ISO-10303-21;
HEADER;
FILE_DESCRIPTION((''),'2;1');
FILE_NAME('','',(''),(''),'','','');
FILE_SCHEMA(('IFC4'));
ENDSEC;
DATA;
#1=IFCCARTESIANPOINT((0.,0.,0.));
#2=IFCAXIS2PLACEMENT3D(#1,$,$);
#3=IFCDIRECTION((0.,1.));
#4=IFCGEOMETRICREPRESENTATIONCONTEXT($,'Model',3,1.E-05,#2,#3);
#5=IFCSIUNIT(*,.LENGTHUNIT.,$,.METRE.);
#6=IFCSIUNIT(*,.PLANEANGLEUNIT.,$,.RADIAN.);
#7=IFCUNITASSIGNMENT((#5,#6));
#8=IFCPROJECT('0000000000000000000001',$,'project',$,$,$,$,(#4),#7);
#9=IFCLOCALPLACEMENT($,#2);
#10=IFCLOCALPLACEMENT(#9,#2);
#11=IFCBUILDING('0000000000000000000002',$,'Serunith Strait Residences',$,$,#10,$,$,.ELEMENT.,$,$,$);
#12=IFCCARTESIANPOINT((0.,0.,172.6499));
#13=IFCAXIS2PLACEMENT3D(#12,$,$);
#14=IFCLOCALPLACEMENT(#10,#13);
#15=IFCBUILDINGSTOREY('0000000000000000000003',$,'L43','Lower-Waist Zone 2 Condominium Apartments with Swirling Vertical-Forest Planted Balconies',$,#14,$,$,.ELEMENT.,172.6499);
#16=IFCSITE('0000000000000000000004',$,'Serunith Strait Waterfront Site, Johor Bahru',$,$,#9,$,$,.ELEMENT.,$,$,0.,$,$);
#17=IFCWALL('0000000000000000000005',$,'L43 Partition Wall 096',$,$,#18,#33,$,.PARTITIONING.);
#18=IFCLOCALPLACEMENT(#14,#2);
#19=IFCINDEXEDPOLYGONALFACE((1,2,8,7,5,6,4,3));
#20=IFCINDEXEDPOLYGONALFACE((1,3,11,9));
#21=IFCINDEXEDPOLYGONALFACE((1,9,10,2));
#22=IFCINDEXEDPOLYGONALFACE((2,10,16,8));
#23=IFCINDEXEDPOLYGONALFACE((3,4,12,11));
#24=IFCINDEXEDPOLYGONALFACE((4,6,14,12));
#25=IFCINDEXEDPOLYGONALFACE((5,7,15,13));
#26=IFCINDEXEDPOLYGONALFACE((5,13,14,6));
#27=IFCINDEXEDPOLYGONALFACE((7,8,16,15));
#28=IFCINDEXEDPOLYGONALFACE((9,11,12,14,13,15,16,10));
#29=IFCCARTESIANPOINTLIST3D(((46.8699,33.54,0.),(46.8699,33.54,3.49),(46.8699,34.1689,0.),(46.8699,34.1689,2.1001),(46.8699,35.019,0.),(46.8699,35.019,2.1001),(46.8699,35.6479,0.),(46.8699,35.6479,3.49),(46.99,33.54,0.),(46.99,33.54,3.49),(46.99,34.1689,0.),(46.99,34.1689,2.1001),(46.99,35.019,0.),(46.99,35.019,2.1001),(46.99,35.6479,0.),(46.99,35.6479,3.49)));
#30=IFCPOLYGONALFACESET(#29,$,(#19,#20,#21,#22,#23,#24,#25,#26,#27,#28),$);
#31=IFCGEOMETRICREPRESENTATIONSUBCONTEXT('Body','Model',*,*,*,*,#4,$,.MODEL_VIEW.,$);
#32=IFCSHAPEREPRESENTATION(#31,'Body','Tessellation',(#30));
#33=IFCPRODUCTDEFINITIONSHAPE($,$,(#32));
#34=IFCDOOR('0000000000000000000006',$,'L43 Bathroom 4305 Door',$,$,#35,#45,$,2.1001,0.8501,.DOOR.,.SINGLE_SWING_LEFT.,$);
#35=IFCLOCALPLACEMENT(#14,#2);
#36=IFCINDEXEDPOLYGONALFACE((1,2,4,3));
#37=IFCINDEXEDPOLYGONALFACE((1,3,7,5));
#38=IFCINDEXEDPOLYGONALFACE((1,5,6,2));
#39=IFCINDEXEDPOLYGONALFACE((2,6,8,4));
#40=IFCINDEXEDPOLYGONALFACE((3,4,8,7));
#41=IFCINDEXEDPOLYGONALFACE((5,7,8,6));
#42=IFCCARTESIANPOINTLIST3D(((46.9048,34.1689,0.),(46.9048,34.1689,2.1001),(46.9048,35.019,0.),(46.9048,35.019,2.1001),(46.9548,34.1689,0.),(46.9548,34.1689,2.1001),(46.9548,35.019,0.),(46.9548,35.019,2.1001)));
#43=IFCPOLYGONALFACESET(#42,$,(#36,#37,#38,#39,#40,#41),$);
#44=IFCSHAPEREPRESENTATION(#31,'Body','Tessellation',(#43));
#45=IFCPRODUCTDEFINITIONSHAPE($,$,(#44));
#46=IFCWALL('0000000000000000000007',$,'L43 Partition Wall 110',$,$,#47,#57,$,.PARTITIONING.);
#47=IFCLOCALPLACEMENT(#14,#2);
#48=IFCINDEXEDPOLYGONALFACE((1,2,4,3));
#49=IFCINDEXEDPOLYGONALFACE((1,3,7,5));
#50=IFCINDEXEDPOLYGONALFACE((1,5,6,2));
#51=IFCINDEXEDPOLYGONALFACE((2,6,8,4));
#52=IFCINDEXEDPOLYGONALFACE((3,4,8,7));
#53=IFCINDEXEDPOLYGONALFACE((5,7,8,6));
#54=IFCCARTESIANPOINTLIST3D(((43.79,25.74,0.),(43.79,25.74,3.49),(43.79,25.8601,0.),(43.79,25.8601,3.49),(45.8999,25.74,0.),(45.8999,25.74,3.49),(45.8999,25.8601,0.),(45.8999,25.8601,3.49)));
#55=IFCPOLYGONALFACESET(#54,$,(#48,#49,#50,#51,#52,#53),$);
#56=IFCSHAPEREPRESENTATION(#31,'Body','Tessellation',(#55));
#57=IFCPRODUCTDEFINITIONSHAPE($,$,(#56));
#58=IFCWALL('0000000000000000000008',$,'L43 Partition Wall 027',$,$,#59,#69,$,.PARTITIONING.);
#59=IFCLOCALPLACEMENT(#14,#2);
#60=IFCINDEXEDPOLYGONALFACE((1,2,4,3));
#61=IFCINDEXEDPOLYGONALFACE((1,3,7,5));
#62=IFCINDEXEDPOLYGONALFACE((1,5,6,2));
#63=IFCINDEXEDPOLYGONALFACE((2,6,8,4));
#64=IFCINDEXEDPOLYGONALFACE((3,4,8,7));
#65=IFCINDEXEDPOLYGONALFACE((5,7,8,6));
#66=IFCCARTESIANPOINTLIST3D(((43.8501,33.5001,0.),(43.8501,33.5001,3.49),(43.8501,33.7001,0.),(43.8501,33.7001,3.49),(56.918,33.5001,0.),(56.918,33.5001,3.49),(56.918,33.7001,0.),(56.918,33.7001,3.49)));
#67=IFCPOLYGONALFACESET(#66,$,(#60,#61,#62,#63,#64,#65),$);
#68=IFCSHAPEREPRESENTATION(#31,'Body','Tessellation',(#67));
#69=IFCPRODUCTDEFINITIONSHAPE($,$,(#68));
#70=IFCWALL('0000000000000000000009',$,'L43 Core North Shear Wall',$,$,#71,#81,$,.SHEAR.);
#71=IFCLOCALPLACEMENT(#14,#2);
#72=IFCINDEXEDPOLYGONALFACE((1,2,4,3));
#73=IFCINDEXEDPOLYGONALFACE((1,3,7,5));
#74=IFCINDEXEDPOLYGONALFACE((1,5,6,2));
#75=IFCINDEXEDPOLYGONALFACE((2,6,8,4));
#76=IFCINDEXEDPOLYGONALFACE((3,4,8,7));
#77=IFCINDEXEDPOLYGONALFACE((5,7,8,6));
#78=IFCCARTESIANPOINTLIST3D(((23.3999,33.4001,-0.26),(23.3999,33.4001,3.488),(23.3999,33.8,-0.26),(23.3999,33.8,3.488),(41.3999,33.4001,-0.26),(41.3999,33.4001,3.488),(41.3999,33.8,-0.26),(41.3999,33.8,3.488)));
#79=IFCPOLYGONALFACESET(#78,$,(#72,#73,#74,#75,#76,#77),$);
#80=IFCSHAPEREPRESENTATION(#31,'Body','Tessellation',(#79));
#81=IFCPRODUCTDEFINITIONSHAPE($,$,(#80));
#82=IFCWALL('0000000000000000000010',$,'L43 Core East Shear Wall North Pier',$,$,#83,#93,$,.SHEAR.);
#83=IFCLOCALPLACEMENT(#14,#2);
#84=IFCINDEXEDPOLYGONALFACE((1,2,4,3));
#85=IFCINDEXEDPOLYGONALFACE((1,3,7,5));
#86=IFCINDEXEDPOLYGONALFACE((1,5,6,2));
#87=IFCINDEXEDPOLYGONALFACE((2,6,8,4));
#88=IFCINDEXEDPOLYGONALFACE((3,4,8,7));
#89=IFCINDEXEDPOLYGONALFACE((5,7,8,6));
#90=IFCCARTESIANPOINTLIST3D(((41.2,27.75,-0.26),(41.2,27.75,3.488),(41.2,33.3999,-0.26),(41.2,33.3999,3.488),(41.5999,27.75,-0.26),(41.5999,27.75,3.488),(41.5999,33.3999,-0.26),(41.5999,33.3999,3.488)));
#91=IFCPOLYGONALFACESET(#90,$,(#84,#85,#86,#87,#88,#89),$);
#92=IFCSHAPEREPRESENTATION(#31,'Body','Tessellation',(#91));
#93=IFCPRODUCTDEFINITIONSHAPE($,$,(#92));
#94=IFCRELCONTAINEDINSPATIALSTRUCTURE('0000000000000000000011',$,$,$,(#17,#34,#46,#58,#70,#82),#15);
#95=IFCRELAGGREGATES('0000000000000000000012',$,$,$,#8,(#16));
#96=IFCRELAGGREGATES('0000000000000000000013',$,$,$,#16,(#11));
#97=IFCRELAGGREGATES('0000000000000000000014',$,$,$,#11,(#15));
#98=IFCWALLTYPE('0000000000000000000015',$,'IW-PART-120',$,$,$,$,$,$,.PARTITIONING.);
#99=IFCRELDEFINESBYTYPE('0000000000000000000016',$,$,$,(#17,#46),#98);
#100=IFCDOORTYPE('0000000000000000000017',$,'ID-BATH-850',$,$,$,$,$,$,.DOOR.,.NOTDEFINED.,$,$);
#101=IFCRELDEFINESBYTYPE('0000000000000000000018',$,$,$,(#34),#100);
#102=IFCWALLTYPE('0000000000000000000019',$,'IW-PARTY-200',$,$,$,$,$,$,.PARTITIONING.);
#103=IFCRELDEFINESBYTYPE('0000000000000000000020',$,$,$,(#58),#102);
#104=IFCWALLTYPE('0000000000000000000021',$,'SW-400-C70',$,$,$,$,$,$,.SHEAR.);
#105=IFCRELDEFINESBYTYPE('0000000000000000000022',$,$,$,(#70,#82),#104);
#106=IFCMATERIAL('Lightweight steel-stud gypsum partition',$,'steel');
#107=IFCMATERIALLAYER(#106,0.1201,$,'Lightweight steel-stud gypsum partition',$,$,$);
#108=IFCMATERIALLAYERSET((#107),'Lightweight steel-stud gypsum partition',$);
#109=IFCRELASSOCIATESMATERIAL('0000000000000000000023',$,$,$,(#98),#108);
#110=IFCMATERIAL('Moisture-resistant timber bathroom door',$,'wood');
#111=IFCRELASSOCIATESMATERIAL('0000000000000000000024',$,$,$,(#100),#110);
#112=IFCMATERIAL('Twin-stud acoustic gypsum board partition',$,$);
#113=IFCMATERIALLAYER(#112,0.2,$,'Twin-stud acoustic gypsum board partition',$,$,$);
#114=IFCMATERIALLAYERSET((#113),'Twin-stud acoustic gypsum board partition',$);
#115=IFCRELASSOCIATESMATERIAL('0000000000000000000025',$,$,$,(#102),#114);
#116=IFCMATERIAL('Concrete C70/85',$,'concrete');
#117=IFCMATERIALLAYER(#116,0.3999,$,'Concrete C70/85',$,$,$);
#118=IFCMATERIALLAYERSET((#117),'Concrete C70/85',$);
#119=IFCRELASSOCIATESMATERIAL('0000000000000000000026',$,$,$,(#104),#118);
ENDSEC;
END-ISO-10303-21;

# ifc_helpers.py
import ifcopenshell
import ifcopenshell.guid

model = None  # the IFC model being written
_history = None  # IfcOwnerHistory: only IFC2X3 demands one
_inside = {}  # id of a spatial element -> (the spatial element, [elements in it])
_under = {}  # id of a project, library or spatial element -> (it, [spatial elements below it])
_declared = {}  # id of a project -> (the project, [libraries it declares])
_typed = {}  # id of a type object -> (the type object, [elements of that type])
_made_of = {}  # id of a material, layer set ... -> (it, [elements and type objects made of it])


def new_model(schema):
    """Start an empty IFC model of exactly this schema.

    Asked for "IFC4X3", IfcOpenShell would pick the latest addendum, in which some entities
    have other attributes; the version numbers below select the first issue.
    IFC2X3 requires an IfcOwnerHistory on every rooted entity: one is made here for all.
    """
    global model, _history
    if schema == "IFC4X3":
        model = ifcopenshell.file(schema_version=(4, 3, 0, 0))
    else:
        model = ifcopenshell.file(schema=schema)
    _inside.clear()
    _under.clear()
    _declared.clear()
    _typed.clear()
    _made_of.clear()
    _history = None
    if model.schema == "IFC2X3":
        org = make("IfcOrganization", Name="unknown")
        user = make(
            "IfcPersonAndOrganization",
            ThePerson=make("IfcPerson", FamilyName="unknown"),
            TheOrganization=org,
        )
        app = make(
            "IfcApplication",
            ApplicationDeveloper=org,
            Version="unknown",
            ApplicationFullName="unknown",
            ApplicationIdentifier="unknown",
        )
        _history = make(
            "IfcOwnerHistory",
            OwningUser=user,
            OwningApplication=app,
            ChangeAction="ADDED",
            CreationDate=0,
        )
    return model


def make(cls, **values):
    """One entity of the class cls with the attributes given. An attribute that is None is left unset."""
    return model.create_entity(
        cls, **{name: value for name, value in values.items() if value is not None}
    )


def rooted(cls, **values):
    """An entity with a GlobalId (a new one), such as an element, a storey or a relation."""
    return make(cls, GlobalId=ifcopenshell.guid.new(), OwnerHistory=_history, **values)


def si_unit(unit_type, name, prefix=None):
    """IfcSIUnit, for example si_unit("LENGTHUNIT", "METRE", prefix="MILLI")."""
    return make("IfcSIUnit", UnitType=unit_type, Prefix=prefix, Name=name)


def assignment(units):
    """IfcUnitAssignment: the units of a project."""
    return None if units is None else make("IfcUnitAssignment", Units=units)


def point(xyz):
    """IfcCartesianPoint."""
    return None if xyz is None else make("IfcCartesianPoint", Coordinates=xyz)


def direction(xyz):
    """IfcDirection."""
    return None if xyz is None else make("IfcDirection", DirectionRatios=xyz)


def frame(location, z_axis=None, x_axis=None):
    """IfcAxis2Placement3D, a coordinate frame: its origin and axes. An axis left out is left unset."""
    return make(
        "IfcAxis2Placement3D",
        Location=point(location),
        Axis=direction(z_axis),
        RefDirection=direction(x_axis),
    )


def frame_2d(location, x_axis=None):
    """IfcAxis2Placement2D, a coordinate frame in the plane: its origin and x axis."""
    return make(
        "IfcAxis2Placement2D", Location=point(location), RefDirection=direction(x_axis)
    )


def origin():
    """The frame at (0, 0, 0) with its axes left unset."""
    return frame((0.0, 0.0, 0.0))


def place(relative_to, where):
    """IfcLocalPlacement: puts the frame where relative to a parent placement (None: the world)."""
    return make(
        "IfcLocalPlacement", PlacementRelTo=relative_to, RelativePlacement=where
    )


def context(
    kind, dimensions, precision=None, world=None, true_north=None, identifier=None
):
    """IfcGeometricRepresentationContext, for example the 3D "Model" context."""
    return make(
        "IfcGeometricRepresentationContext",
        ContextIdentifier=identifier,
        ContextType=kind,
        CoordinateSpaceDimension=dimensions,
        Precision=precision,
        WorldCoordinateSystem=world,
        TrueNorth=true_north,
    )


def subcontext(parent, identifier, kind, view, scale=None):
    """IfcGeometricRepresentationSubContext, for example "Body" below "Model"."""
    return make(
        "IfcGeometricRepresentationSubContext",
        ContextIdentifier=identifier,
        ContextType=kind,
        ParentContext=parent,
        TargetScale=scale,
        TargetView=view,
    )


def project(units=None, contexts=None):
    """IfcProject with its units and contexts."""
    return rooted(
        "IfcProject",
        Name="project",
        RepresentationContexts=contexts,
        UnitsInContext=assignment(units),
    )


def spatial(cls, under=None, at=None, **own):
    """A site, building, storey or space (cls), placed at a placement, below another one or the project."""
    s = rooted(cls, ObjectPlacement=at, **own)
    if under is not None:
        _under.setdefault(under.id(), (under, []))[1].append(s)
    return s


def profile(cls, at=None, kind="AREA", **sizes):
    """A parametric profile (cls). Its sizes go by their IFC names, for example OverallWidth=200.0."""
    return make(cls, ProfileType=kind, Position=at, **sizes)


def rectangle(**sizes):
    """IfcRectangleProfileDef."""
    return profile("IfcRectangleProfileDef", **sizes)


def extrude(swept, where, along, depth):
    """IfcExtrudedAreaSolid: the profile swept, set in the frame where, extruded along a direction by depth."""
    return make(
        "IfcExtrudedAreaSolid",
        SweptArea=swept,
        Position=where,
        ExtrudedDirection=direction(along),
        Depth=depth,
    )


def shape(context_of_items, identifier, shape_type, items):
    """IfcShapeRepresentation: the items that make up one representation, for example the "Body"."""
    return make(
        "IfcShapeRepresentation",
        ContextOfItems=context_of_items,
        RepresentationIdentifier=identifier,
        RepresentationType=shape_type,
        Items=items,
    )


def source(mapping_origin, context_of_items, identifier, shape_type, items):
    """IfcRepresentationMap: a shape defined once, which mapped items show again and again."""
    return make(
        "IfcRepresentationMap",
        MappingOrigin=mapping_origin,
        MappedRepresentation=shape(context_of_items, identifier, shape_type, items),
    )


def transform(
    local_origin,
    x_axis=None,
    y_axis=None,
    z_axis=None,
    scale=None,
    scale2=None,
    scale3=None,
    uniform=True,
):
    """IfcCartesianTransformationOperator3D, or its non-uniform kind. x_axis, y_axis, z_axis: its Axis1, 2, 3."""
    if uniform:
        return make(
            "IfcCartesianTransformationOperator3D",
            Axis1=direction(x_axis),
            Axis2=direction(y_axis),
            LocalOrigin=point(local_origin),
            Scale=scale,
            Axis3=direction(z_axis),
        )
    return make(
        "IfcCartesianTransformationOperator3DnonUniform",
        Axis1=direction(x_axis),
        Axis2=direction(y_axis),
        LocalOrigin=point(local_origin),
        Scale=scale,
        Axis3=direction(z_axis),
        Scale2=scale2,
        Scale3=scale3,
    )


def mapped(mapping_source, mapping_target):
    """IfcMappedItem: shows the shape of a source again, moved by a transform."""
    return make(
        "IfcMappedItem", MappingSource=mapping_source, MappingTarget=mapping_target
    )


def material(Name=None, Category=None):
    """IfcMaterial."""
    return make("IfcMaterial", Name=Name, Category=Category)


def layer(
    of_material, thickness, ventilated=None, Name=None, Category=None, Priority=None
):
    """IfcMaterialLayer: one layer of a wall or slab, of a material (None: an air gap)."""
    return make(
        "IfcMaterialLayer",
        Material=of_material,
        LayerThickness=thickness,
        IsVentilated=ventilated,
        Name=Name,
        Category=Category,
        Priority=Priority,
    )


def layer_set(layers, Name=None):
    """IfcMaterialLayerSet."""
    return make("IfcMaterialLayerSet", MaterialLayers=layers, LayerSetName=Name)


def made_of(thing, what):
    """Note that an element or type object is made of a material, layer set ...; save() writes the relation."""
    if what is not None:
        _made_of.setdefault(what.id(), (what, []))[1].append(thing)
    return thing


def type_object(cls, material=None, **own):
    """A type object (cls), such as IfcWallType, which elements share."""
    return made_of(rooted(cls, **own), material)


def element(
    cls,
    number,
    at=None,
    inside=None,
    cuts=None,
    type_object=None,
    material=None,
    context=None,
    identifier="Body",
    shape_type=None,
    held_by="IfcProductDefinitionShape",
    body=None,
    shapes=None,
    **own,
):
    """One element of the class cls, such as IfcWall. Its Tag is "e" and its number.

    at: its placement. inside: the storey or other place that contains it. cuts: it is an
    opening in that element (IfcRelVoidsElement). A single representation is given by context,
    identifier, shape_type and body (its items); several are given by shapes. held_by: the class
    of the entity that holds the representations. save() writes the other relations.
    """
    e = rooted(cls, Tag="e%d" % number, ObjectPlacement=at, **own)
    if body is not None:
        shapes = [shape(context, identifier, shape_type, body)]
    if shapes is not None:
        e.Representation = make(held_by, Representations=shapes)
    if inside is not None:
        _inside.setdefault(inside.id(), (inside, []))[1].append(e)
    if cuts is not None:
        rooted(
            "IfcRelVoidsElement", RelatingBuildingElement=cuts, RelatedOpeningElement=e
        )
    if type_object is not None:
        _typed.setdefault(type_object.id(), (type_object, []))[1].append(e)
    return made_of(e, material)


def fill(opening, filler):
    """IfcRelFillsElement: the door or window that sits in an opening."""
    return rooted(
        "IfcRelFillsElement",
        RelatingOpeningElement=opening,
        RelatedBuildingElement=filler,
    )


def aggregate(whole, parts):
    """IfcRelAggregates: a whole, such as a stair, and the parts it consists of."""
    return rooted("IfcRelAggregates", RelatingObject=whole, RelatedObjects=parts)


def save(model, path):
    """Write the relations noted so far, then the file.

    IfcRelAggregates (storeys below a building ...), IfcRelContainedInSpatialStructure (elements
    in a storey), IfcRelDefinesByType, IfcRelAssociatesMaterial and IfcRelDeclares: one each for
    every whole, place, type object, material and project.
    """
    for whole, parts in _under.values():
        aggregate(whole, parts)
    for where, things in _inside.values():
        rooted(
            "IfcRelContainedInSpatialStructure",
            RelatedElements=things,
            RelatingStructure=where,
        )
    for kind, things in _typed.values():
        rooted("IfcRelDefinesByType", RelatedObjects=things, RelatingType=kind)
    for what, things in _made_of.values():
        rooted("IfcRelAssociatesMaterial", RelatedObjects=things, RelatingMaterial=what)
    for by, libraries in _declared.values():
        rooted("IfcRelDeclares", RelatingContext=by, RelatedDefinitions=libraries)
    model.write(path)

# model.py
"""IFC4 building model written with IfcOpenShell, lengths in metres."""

from ifc_helpers import new_model, si_unit, direction, frame, frame_2d, origin, place, context, subcontext, project, spatial, rectangle, extrude, source, transform, mapped, material, layer, layer_set, type_object, element, fill, save


model = new_model("IFC4")

# Units and contexts
model_context = context("Model", 3, precision=1e-05, world=origin(), true_north=direction((0.0, 1.0)))
body_context = subcontext(model_context, "Body", "Model", "MODEL_VIEW")
ifc_project = project(units=[si_unit("LENGTHUNIT", "METRE"), si_unit("PLANEANGLEUNIT", "RADIAN")], contexts=[model_context])

# Site, building, storey
site_placement = place(None, origin())
site = spatial("IfcSite", under=ifc_project, at=site_placement, Name="Serunith Strait Waterfront Site, Johor Bahru", CompositionType="ELEMENT", RefElevation=0.0)
building_placement = place(site_placement, origin())
building = spatial("IfcBuilding", under=site, at=building_placement, Name="Serunith Strait Residences", CompositionType="ELEMENT")
storey_placement = place(building_placement, frame((0.0, 0.0, 172.6499)))
storey = spatial("IfcBuildingStorey", under=building, at=storey_placement, Name="L43", Description="Lower-Waist Zone 2 Condominium Apartments with Swirling Vertical-Forest Planted Balconies", CompositionType="ELEMENT", Elevation=172.6499)

# Shared definitions
ifc_material_1 = material(Name="Lightweight steel-stud gypsum partition", Category="steel")
ifc_layer_1 = layer(ifc_material_1, 0.1201, Name="Lightweight steel-stud gypsum partition")
ifc_layer_set_1 = layer_set([ifc_layer_1], Name="Lightweight steel-stud gypsum partition")
wall_type_1 = type_object("IfcWallType", Name="IW-PART-120", PredefinedType="PARTITIONING", material=ifc_layer_set_1)

# Wall, opening, door
wall_1_placement = place(storey_placement, frame((46.9299, 35.6479, 0.0), z_axis=(0.0, 0.0, 1.0), x_axis=(0.0, -1.0, 0.0)))
wall_1 = element("IfcWall", 1, at=wall_1_placement, inside=storey, type_object=wall_type_1, Name="L43 Partition Wall 096", PredefinedType="PARTITIONING", context=body_context, shape_type="SweptSolid", body=[
    extrude(rectangle(XDim=2.1079, YDim=0.1201, at=frame_2d((1.054, 0.0))), origin(), (0.0, 0.0, 1.0), 3.49),
])
opening_1_placement = place(wall_1_placement, frame((0.6289, 0.0, 0.0)))
opening_1 = element("IfcOpeningElement", 2, at=opening_1_placement, cuts=wall_1, PredefinedType="OPENING", context=body_context, shape_type="SweptSolid", body=[
    extrude(rectangle(XDim=0.8501, YDim=2.1001, at=frame_2d((0.425, 1.05))), frame((0.0, 0.0701, 0.0), z_axis=(0.0, -1.0, 0.0), x_axis=(1.0, 0.0, 0.0)), (0.0, 0.0, 1.0), 0.1401),
])
ifc_material_2 = material(Name="Moisture-resistant timber bathroom door", Category="wood")
door_type_1 = type_object("IfcDoorType", Name="ID-BATH-850", OperationType="NOTDEFINED", PredefinedType="DOOR", material=ifc_material_2)
shared_shape_1 = source(origin(), body_context, "Body", "SweptSolid", [
    extrude(rectangle(XDim=0.8501, YDim=2.1001, at=frame_2d((0.425, 1.05))), frame((0.0, 0.0249, 0.0), z_axis=(0.0, -1.0, 0.0), x_axis=(1.0, 0.0, 0.0)), (0.0, 0.0, 1.0), 0.05),
])
door_1_placement = place(opening_1_placement, origin())
door_1 = element("IfcDoor", 3, at=door_1_placement, inside=storey, type_object=door_type_1, Name="L43 Bathroom 4305 Door", OperationType="SINGLE_SWING_LEFT", OverallHeight=2.1001, OverallWidth=0.8501, PredefinedType="DOOR", context=body_context, shape_type="MappedRepresentation", body=[
    mapped(shared_shape_1, transform((0.0, 0.0, 0.0), scale=1.0)),
])
fill(opening_1, door_1)

# Walls
wall_2_placement = place(storey_placement, frame((45.8999, 25.8, 0.0), z_axis=(0.0, 0.0, 1.0), x_axis=(-1.0, 0.0, 0.0)))
element("IfcWall", 4, at=wall_2_placement, inside=storey, type_object=wall_type_1, Name="L43 Partition Wall 110", PredefinedType="PARTITIONING", context=body_context, shape_type="SweptSolid", body=[
    extrude(rectangle(XDim=2.1099, YDim=0.1201, at=frame_2d((1.0549, 0.0))), origin(), (0.0, 0.0, 1.0), 3.49),
])
ifc_material_3 = material(Name="Twin-stud acoustic gypsum board partition")
ifc_layer_2 = layer(ifc_material_3, 0.2, Name="Twin-stud acoustic gypsum board partition")
ifc_layer_set_2 = layer_set([ifc_layer_2], Name="Twin-stud acoustic gypsum board partition")
wall_type_2 = type_object("IfcWallType", Name="IW-PARTY-200", PredefinedType="PARTITIONING", material=ifc_layer_set_2)
wall_3_placement = place(storey_placement, frame((43.8501, 33.6001, 0.0), z_axis=(0.0, 0.0, 1.0), x_axis=(1.0, 0.0, 0.0)))
element("IfcWall", 5, at=wall_3_placement, inside=storey, type_object=wall_type_2, Name="L43 Partition Wall 027", PredefinedType="PARTITIONING", context=body_context, shape_type="SweptSolid", body=[
    extrude(rectangle(XDim=13.0679, YDim=0.2, at=frame_2d((6.5339, 0.0))), origin(), (0.0, 0.0, 1.0), 3.49),
])

# Walls
ifc_material_4 = material(Name="Concrete C70/85", Category="concrete")
ifc_layer_3 = layer(ifc_material_4, 0.3999, Name="Concrete C70/85")
ifc_layer_set_3 = layer_set([ifc_layer_3], Name="Concrete C70/85")
wall_type_3 = type_object("IfcWallType", Name="SW-400-C70", PredefinedType="SHEAR", material=ifc_layer_set_3)
wall_4_placement = place(storey_placement, frame((41.3999, 33.6001, -0.26), z_axis=(0.0, 0.0, 1.0), x_axis=(-1.0, 0.0, 0.0)))
element("IfcWall", 6, at=wall_4_placement, inside=storey, type_object=wall_type_3, Name="L43 Core North Shear Wall", PredefinedType="SHEAR", context=body_context, shape_type="SweptSolid", body=[
    extrude(rectangle(XDim=18.0, YDim=0.3999, at=frame_2d((9.0, 0.0))), origin(), (0.0, 0.0, 1.0), 3.748),
])
wall_5_placement = place(storey_placement, frame((41.3999, 27.75, -0.26), z_axis=(0.0, 0.0, 1.0), x_axis=(0.0, 1.0, 0.0)))
element("IfcWall", 7, at=wall_5_placement, inside=storey, type_object=wall_type_3, Name="L43 Core East Shear Wall North Pier", PredefinedType="SHEAR", context=body_context, shape_type="SweptSolid", body=[
    extrude(rectangle(XDim=5.6499, YDim=0.3999, at=frame_2d((2.825, 0.0))), origin(), (0.0, 0.0, 1.0), 3.748),
])

save(model, "model.ifc")
